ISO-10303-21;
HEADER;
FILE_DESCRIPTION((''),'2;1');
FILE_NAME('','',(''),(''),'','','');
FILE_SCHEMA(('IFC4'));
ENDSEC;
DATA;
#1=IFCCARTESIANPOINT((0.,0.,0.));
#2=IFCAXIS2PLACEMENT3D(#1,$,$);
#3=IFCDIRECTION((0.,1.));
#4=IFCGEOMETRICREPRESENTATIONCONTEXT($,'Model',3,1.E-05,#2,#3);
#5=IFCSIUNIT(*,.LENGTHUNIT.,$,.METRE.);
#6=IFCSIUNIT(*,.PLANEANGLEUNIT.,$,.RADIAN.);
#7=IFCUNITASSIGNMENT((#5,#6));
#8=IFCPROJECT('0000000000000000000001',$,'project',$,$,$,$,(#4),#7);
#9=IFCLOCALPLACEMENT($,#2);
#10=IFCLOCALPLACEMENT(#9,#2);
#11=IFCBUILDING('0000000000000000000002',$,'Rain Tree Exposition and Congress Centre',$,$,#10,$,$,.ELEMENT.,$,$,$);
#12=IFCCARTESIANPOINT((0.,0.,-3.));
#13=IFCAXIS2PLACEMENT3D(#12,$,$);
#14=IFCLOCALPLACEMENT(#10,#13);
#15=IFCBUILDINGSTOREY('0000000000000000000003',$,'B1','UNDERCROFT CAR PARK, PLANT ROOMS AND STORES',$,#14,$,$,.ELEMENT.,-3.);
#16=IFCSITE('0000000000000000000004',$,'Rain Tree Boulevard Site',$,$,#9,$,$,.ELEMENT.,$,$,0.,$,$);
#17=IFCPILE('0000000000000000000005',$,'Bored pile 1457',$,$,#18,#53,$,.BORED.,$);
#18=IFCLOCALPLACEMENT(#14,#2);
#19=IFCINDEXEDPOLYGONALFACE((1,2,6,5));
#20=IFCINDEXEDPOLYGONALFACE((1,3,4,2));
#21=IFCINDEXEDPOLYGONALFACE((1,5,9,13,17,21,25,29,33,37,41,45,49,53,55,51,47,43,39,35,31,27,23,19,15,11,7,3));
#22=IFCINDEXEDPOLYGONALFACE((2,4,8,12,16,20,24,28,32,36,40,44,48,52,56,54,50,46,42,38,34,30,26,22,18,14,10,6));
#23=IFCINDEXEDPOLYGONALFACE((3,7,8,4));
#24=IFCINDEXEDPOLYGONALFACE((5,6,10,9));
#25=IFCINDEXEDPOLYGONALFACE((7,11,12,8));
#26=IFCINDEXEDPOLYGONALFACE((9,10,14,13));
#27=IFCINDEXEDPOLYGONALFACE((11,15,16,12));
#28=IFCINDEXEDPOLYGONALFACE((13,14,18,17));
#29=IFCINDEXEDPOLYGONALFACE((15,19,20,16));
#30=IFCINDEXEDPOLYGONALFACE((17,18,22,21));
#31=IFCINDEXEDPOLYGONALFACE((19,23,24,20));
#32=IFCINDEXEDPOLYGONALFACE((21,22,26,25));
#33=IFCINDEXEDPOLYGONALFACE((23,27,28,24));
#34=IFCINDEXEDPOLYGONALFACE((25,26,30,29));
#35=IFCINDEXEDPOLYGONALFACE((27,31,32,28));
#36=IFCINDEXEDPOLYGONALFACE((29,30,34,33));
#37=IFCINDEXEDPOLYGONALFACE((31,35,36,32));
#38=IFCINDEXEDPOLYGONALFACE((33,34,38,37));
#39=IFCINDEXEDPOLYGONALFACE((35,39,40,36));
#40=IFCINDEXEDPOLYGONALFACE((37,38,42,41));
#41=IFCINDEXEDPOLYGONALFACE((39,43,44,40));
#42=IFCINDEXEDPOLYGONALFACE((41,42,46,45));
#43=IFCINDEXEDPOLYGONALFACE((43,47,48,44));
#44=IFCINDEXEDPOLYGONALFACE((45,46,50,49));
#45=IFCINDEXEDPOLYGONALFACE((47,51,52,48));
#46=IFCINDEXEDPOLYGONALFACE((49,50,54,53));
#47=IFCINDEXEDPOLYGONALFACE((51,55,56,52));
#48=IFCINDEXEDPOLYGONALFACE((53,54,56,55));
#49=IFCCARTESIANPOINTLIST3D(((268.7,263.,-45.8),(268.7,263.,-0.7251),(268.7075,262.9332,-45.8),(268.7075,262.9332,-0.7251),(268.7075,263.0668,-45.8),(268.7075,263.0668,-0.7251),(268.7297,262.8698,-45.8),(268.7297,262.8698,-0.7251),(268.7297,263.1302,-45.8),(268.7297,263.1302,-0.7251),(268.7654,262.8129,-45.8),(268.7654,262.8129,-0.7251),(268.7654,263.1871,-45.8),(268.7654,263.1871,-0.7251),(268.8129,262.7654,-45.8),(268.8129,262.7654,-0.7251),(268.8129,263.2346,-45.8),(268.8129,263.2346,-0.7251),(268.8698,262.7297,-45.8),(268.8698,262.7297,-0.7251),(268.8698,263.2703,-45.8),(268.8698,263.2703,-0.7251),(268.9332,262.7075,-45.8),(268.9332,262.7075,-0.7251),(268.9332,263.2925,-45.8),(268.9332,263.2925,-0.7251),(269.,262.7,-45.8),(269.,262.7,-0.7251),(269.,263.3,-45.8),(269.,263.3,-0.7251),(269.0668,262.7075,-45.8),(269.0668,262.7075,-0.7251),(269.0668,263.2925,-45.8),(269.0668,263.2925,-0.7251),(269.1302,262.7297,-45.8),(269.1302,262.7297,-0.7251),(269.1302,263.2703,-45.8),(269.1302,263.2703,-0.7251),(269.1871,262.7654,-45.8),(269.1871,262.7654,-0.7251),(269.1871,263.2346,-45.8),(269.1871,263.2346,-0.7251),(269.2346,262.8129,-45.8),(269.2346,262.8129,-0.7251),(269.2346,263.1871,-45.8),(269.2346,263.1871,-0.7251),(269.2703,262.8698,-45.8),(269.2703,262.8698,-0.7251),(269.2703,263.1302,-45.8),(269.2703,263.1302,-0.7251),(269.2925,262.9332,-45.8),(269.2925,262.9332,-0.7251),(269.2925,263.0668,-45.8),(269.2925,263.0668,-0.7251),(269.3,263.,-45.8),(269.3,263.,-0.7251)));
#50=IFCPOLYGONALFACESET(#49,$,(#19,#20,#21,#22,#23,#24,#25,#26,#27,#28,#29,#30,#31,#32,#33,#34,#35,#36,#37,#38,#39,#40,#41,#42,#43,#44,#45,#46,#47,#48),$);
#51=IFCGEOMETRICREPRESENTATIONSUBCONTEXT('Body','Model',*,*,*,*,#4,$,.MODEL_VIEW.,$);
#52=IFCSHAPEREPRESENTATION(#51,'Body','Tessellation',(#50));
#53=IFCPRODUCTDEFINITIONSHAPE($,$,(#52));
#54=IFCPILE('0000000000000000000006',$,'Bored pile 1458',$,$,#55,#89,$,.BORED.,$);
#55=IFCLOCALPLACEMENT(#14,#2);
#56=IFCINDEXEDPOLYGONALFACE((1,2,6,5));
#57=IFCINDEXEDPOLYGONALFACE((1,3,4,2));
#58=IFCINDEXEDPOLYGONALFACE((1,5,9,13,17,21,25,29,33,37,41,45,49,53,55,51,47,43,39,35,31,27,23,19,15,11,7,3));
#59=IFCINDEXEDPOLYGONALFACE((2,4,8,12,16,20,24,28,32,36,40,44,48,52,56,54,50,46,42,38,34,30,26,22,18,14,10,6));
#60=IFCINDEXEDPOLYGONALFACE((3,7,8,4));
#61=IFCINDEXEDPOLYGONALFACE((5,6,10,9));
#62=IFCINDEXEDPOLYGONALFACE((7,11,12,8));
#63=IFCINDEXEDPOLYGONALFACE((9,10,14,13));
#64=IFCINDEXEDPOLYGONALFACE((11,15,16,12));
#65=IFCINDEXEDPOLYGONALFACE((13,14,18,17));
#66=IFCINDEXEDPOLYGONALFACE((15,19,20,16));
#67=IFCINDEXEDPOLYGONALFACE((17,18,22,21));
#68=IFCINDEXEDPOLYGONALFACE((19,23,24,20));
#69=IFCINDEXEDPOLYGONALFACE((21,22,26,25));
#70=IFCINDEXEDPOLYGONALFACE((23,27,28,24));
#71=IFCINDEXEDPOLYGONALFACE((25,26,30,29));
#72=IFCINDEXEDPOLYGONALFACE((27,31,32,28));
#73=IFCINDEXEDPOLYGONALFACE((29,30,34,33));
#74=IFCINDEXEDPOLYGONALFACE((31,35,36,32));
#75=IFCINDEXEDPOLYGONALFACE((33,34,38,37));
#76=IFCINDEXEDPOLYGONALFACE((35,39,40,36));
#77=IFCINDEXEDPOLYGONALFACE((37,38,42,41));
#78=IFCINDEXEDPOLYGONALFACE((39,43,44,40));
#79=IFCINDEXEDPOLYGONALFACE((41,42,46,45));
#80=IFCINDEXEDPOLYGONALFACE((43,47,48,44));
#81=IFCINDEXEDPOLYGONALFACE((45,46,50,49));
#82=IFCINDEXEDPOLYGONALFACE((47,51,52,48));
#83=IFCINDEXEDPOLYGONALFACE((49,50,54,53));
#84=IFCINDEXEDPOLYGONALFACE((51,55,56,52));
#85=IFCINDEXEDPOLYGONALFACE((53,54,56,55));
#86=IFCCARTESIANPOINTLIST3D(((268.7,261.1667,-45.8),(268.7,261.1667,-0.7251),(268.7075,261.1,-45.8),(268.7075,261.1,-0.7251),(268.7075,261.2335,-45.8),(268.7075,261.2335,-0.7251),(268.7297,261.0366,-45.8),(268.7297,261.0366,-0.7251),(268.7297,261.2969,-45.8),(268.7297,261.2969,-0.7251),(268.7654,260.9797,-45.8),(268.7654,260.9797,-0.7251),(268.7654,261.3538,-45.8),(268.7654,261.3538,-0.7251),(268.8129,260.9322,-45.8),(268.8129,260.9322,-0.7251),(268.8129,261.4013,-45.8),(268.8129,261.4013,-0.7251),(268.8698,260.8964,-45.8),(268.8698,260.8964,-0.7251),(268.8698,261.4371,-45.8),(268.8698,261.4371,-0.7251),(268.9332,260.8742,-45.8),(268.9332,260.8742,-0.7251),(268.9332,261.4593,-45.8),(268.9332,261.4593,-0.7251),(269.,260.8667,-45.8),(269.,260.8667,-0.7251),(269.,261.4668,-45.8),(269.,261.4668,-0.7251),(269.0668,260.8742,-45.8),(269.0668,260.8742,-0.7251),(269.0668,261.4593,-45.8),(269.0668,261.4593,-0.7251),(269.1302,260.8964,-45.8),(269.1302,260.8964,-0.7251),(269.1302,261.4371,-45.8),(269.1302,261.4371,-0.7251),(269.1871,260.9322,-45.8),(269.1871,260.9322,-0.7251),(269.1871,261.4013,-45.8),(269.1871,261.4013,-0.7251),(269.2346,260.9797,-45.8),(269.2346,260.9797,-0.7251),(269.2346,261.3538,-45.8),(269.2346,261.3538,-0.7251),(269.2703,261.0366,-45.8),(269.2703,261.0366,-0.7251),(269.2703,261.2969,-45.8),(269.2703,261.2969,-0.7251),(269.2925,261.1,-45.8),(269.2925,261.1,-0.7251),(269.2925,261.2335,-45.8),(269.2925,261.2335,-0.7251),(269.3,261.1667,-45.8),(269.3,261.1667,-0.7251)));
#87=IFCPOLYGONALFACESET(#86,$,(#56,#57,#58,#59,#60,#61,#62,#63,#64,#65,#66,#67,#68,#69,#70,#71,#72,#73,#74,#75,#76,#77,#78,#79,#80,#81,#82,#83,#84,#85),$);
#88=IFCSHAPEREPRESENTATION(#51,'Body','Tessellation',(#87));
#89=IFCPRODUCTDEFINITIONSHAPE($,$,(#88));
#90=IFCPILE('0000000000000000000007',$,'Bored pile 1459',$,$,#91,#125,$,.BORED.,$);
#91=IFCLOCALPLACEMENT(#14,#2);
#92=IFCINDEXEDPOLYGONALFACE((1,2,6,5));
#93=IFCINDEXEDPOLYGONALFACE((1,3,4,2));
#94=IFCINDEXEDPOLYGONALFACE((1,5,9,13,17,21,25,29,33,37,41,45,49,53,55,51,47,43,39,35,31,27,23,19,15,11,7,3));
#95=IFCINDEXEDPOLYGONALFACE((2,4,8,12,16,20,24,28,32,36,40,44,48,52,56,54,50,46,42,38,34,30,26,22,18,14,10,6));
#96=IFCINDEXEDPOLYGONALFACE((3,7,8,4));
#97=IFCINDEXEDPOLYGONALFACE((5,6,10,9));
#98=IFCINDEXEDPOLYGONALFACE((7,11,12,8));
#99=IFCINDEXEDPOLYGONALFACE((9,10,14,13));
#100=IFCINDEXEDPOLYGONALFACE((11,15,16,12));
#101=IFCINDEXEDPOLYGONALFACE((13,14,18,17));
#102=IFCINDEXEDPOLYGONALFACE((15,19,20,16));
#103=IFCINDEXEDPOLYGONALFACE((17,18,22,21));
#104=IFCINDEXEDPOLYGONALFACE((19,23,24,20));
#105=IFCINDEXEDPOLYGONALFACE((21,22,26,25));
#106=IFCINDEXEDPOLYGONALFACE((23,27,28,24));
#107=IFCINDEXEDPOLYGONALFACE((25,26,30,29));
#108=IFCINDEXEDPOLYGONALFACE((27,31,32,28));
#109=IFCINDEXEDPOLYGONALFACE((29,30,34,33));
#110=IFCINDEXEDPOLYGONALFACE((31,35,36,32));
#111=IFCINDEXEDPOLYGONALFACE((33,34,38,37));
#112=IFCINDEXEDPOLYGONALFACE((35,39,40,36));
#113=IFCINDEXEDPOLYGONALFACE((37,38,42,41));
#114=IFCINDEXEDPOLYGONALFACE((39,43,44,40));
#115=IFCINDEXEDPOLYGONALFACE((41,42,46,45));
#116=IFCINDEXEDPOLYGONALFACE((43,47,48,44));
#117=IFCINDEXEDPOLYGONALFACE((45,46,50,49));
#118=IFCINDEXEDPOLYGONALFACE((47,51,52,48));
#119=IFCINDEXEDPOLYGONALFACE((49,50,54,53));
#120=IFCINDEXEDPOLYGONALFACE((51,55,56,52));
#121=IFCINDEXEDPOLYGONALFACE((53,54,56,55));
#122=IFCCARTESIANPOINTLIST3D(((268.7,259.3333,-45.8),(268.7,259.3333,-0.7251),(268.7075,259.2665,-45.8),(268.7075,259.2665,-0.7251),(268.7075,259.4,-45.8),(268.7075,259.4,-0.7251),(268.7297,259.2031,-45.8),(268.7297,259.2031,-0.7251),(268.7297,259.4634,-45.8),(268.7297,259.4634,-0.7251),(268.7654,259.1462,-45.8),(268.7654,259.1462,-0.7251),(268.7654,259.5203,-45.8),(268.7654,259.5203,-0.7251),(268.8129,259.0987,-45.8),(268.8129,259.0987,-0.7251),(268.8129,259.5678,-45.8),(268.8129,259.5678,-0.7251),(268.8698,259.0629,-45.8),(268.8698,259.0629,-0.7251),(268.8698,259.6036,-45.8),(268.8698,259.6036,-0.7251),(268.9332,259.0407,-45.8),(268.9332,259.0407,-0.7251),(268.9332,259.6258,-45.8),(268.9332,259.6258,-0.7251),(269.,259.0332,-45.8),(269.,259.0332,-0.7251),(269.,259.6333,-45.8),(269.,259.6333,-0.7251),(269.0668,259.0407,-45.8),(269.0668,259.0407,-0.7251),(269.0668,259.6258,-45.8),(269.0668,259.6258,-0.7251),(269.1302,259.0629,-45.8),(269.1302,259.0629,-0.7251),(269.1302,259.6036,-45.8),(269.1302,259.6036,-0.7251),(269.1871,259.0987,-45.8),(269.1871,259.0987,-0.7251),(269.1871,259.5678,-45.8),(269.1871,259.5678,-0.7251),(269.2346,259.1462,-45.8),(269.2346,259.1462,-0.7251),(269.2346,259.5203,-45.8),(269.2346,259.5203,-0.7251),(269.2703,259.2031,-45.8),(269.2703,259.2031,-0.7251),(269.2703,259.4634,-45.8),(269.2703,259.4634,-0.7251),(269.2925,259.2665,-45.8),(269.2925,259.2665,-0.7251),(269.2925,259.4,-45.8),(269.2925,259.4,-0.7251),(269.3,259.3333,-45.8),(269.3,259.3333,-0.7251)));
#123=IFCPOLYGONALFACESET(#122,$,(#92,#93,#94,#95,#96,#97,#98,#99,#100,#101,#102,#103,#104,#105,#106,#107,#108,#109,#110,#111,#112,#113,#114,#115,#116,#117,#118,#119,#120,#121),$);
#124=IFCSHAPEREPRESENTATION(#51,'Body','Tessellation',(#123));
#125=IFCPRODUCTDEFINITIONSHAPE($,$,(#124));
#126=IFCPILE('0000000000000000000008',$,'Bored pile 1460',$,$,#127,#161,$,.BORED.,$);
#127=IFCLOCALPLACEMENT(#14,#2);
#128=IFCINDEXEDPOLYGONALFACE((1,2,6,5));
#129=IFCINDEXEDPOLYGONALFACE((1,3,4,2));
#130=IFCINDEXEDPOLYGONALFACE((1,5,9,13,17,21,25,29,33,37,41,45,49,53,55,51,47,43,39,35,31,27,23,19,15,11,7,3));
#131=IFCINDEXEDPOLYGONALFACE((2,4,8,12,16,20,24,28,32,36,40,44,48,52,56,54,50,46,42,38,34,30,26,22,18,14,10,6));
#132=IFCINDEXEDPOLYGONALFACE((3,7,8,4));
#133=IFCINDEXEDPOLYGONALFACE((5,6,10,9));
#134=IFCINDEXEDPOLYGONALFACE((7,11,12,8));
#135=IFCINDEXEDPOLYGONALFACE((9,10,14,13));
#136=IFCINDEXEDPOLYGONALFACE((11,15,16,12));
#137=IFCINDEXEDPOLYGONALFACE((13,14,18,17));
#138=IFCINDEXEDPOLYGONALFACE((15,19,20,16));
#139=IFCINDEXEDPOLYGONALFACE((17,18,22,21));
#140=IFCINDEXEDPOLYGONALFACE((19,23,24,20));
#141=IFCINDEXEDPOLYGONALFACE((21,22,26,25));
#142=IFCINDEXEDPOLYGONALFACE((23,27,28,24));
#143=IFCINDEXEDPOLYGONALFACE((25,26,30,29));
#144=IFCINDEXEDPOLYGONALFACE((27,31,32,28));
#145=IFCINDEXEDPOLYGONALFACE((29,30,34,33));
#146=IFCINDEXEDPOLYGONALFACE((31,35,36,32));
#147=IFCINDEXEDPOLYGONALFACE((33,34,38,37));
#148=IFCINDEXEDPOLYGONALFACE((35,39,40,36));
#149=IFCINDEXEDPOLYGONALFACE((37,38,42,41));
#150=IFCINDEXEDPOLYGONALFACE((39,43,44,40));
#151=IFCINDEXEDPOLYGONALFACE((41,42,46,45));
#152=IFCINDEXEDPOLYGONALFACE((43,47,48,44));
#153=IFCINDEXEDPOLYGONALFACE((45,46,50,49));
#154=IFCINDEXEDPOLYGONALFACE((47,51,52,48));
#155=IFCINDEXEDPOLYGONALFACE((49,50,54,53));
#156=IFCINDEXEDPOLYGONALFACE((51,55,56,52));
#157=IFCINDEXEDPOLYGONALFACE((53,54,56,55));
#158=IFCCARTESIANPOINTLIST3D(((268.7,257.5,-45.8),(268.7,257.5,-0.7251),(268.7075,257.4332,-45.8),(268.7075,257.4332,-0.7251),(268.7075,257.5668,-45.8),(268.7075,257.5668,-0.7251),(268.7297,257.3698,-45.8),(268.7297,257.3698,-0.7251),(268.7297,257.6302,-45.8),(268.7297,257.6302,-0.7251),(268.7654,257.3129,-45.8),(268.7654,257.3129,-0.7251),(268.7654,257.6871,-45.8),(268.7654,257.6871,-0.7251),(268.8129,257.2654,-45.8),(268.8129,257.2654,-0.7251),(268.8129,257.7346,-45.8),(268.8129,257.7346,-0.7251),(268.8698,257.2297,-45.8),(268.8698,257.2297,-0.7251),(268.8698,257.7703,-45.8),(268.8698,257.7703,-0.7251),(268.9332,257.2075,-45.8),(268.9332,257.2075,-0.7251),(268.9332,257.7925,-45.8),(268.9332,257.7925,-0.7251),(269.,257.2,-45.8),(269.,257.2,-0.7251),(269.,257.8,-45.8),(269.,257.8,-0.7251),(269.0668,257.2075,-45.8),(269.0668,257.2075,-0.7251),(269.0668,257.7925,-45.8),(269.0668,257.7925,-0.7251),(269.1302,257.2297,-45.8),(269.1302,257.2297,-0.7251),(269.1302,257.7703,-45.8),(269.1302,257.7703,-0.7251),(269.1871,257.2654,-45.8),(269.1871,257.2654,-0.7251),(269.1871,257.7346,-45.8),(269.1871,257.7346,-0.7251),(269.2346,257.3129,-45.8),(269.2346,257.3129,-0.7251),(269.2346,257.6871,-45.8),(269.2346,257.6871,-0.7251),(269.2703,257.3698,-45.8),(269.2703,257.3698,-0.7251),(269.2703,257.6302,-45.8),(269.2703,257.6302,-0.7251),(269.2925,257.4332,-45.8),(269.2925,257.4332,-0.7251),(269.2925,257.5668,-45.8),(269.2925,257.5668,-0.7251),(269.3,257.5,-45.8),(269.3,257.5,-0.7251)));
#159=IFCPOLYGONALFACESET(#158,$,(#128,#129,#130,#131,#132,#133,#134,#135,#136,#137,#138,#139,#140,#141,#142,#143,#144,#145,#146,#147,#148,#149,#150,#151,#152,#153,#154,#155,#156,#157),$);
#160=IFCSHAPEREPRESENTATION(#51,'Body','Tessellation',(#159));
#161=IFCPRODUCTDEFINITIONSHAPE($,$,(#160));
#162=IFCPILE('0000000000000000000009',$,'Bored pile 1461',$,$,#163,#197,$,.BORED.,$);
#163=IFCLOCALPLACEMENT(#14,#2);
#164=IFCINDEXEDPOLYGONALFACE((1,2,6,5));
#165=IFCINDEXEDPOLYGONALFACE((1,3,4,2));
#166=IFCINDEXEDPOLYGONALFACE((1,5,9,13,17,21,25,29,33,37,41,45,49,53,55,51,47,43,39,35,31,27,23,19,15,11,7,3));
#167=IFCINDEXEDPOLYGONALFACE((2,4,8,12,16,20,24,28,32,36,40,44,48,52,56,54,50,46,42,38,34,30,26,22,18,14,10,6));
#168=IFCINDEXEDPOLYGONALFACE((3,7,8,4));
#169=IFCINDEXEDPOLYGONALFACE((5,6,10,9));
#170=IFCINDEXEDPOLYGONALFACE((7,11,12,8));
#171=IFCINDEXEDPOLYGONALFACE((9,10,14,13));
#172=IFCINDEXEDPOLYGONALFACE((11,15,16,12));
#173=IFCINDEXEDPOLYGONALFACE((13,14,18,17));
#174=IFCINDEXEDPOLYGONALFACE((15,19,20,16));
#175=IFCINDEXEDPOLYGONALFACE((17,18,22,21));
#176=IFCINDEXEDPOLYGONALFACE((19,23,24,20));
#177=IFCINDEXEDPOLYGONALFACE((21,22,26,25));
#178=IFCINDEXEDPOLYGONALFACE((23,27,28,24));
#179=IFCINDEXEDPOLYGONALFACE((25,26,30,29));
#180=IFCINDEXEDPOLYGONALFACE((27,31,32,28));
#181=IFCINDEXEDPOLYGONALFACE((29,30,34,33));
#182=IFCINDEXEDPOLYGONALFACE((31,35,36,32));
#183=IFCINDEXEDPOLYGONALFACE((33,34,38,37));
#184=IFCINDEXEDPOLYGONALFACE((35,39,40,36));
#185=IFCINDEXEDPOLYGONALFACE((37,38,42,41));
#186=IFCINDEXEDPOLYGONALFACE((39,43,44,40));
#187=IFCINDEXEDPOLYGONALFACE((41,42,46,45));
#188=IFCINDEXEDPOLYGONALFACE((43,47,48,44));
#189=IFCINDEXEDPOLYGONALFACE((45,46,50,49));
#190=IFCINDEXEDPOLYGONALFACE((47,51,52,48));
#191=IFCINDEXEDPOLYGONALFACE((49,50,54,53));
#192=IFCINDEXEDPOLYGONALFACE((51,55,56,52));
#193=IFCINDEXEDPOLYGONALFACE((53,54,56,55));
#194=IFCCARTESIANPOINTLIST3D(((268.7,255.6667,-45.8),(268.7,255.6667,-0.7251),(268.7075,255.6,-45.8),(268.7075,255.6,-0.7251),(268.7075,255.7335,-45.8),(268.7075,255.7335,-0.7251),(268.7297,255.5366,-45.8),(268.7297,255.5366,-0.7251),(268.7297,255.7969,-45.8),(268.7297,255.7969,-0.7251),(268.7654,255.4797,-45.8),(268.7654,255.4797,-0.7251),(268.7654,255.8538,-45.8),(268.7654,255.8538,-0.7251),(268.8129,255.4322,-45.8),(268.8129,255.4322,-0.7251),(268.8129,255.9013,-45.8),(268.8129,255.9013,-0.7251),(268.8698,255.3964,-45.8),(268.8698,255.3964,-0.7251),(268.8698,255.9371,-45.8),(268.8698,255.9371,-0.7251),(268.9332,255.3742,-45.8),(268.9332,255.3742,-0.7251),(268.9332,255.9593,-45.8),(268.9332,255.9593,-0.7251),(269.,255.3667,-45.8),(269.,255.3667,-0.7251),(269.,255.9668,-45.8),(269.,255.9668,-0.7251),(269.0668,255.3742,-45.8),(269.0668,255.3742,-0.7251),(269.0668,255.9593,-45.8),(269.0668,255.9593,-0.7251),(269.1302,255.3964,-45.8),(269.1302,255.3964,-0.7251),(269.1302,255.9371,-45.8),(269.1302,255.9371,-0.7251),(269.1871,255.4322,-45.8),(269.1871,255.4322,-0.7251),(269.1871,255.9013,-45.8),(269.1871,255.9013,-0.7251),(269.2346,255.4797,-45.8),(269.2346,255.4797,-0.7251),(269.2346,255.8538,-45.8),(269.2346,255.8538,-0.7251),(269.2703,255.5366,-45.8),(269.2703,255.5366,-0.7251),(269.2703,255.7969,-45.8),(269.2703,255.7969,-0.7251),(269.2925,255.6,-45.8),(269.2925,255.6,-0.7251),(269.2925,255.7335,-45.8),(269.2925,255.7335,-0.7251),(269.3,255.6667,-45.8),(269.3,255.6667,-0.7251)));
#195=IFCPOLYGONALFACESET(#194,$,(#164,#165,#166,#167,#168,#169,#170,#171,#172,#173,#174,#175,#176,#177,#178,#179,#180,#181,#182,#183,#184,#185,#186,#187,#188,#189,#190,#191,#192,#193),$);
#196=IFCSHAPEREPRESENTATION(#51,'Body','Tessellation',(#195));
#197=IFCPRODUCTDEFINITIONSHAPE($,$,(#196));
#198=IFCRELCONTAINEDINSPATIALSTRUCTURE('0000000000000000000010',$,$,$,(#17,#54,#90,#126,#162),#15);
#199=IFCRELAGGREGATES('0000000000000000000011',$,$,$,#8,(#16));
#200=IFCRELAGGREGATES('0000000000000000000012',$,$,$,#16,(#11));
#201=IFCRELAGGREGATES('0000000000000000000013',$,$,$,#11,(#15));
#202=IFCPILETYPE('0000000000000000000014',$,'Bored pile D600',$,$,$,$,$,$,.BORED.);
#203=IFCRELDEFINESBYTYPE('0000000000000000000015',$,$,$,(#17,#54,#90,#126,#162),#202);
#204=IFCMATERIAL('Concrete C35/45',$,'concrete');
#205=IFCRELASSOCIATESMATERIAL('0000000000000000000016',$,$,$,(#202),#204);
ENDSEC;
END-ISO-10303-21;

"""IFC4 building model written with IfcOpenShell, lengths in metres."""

from ifc_helpers import new_model, si_unit, direction, frame, origin, origin_2d, place, context, subcontext, project, spatial, circle, extrude, material, material_profile, profile_set, type_object, element, save


model = new_model("IFC4")

# Units and contexts
model_context = context("Model", 3, precision=1e-05, world=origin(), true_north=direction((0.0, 1.0)))
body_context = subcontext(model_context, "Body", "Model", "MODEL_VIEW")
ifc_project = project(units=[si_unit("LENGTHUNIT", "METRE"), si_unit("PLANEANGLEUNIT", "RADIAN")], contexts=[model_context])

# Site, building, storey
site_placement = place(None, origin())
site = spatial("IfcSite", under=ifc_project, at=site_placement, Name="Rain Tree Boulevard Site", CompositionType="ELEMENT", RefElevation=0.0)
building_placement = place(site_placement, origin())
building = spatial("IfcBuilding", under=site, at=building_placement, Name="Rain Tree Exposition and Congress Centre", CompositionType="ELEMENT")
storey_placement = place(building_placement, frame((0.0, 0.0, -3.0)))
storey = spatial("IfcBuildingStorey", under=building, at=storey_placement, Name="B1", Description="UNDERCROFT CAR PARK, PLANT ROOMS AND STORES", CompositionType="ELEMENT", Elevation=-3.0)

# Piles
ifc_material_1 = material(Name="Concrete C35/45", Category="concrete")
ifc_material_profile_1 = material_profile(ifc_material_1, circle(Radius=0.3, at=origin_2d()), Name="D600")
ifc_profile_set_1 = profile_set([ifc_material_profile_1], Name="Concrete C35/45")
pile_type_1 = type_object("IfcPileType", Name="Bored pile D600", PredefinedType="BORED", material=ifc_profile_set_1)
for number, where, z_axis, x_axis, name in (
    (1, (269.0, 263.0, -0.7251), (0.0, 0.0, -1.0), (1.0, 0.0, 0.0), "Bored pile 1457"),
    (2, (269.0, 261.1667, -0.7251), (0.0, 0.0, -1.0), (1.0, 0.0, 0.0), "Bored pile 1458"),
    (3, (269.0, 259.3333, -0.7251), (0.0, 0.0, -1.0), (1.0, 0.0, 0.0), "Bored pile 1459"),
    (4, (269.0, 257.5, -0.7251), (0.0, 0.0, -1.0), (1.0, 0.0, 0.0), "Bored pile 1460"),
    (5, (269.0, 255.6667, -0.7251), (0.0, 0.0, -1.0), (1.0, 0.0, 0.0), "Bored pile 1461"),
):
    element("IfcPile", number, at=place(storey_placement, frame(where, z_axis=z_axis, x_axis=x_axis)), inside=storey, type_object=pile_type_1, Name=name, PredefinedType="BORED", context=body_context, shape_type="SweptSolid", body=[
        extrude(circle(Radius=0.3, at=origin_2d()), origin(), (0.0, 0.0, 1.0), 45.075),
    ])

save(model, "model.ifc")
